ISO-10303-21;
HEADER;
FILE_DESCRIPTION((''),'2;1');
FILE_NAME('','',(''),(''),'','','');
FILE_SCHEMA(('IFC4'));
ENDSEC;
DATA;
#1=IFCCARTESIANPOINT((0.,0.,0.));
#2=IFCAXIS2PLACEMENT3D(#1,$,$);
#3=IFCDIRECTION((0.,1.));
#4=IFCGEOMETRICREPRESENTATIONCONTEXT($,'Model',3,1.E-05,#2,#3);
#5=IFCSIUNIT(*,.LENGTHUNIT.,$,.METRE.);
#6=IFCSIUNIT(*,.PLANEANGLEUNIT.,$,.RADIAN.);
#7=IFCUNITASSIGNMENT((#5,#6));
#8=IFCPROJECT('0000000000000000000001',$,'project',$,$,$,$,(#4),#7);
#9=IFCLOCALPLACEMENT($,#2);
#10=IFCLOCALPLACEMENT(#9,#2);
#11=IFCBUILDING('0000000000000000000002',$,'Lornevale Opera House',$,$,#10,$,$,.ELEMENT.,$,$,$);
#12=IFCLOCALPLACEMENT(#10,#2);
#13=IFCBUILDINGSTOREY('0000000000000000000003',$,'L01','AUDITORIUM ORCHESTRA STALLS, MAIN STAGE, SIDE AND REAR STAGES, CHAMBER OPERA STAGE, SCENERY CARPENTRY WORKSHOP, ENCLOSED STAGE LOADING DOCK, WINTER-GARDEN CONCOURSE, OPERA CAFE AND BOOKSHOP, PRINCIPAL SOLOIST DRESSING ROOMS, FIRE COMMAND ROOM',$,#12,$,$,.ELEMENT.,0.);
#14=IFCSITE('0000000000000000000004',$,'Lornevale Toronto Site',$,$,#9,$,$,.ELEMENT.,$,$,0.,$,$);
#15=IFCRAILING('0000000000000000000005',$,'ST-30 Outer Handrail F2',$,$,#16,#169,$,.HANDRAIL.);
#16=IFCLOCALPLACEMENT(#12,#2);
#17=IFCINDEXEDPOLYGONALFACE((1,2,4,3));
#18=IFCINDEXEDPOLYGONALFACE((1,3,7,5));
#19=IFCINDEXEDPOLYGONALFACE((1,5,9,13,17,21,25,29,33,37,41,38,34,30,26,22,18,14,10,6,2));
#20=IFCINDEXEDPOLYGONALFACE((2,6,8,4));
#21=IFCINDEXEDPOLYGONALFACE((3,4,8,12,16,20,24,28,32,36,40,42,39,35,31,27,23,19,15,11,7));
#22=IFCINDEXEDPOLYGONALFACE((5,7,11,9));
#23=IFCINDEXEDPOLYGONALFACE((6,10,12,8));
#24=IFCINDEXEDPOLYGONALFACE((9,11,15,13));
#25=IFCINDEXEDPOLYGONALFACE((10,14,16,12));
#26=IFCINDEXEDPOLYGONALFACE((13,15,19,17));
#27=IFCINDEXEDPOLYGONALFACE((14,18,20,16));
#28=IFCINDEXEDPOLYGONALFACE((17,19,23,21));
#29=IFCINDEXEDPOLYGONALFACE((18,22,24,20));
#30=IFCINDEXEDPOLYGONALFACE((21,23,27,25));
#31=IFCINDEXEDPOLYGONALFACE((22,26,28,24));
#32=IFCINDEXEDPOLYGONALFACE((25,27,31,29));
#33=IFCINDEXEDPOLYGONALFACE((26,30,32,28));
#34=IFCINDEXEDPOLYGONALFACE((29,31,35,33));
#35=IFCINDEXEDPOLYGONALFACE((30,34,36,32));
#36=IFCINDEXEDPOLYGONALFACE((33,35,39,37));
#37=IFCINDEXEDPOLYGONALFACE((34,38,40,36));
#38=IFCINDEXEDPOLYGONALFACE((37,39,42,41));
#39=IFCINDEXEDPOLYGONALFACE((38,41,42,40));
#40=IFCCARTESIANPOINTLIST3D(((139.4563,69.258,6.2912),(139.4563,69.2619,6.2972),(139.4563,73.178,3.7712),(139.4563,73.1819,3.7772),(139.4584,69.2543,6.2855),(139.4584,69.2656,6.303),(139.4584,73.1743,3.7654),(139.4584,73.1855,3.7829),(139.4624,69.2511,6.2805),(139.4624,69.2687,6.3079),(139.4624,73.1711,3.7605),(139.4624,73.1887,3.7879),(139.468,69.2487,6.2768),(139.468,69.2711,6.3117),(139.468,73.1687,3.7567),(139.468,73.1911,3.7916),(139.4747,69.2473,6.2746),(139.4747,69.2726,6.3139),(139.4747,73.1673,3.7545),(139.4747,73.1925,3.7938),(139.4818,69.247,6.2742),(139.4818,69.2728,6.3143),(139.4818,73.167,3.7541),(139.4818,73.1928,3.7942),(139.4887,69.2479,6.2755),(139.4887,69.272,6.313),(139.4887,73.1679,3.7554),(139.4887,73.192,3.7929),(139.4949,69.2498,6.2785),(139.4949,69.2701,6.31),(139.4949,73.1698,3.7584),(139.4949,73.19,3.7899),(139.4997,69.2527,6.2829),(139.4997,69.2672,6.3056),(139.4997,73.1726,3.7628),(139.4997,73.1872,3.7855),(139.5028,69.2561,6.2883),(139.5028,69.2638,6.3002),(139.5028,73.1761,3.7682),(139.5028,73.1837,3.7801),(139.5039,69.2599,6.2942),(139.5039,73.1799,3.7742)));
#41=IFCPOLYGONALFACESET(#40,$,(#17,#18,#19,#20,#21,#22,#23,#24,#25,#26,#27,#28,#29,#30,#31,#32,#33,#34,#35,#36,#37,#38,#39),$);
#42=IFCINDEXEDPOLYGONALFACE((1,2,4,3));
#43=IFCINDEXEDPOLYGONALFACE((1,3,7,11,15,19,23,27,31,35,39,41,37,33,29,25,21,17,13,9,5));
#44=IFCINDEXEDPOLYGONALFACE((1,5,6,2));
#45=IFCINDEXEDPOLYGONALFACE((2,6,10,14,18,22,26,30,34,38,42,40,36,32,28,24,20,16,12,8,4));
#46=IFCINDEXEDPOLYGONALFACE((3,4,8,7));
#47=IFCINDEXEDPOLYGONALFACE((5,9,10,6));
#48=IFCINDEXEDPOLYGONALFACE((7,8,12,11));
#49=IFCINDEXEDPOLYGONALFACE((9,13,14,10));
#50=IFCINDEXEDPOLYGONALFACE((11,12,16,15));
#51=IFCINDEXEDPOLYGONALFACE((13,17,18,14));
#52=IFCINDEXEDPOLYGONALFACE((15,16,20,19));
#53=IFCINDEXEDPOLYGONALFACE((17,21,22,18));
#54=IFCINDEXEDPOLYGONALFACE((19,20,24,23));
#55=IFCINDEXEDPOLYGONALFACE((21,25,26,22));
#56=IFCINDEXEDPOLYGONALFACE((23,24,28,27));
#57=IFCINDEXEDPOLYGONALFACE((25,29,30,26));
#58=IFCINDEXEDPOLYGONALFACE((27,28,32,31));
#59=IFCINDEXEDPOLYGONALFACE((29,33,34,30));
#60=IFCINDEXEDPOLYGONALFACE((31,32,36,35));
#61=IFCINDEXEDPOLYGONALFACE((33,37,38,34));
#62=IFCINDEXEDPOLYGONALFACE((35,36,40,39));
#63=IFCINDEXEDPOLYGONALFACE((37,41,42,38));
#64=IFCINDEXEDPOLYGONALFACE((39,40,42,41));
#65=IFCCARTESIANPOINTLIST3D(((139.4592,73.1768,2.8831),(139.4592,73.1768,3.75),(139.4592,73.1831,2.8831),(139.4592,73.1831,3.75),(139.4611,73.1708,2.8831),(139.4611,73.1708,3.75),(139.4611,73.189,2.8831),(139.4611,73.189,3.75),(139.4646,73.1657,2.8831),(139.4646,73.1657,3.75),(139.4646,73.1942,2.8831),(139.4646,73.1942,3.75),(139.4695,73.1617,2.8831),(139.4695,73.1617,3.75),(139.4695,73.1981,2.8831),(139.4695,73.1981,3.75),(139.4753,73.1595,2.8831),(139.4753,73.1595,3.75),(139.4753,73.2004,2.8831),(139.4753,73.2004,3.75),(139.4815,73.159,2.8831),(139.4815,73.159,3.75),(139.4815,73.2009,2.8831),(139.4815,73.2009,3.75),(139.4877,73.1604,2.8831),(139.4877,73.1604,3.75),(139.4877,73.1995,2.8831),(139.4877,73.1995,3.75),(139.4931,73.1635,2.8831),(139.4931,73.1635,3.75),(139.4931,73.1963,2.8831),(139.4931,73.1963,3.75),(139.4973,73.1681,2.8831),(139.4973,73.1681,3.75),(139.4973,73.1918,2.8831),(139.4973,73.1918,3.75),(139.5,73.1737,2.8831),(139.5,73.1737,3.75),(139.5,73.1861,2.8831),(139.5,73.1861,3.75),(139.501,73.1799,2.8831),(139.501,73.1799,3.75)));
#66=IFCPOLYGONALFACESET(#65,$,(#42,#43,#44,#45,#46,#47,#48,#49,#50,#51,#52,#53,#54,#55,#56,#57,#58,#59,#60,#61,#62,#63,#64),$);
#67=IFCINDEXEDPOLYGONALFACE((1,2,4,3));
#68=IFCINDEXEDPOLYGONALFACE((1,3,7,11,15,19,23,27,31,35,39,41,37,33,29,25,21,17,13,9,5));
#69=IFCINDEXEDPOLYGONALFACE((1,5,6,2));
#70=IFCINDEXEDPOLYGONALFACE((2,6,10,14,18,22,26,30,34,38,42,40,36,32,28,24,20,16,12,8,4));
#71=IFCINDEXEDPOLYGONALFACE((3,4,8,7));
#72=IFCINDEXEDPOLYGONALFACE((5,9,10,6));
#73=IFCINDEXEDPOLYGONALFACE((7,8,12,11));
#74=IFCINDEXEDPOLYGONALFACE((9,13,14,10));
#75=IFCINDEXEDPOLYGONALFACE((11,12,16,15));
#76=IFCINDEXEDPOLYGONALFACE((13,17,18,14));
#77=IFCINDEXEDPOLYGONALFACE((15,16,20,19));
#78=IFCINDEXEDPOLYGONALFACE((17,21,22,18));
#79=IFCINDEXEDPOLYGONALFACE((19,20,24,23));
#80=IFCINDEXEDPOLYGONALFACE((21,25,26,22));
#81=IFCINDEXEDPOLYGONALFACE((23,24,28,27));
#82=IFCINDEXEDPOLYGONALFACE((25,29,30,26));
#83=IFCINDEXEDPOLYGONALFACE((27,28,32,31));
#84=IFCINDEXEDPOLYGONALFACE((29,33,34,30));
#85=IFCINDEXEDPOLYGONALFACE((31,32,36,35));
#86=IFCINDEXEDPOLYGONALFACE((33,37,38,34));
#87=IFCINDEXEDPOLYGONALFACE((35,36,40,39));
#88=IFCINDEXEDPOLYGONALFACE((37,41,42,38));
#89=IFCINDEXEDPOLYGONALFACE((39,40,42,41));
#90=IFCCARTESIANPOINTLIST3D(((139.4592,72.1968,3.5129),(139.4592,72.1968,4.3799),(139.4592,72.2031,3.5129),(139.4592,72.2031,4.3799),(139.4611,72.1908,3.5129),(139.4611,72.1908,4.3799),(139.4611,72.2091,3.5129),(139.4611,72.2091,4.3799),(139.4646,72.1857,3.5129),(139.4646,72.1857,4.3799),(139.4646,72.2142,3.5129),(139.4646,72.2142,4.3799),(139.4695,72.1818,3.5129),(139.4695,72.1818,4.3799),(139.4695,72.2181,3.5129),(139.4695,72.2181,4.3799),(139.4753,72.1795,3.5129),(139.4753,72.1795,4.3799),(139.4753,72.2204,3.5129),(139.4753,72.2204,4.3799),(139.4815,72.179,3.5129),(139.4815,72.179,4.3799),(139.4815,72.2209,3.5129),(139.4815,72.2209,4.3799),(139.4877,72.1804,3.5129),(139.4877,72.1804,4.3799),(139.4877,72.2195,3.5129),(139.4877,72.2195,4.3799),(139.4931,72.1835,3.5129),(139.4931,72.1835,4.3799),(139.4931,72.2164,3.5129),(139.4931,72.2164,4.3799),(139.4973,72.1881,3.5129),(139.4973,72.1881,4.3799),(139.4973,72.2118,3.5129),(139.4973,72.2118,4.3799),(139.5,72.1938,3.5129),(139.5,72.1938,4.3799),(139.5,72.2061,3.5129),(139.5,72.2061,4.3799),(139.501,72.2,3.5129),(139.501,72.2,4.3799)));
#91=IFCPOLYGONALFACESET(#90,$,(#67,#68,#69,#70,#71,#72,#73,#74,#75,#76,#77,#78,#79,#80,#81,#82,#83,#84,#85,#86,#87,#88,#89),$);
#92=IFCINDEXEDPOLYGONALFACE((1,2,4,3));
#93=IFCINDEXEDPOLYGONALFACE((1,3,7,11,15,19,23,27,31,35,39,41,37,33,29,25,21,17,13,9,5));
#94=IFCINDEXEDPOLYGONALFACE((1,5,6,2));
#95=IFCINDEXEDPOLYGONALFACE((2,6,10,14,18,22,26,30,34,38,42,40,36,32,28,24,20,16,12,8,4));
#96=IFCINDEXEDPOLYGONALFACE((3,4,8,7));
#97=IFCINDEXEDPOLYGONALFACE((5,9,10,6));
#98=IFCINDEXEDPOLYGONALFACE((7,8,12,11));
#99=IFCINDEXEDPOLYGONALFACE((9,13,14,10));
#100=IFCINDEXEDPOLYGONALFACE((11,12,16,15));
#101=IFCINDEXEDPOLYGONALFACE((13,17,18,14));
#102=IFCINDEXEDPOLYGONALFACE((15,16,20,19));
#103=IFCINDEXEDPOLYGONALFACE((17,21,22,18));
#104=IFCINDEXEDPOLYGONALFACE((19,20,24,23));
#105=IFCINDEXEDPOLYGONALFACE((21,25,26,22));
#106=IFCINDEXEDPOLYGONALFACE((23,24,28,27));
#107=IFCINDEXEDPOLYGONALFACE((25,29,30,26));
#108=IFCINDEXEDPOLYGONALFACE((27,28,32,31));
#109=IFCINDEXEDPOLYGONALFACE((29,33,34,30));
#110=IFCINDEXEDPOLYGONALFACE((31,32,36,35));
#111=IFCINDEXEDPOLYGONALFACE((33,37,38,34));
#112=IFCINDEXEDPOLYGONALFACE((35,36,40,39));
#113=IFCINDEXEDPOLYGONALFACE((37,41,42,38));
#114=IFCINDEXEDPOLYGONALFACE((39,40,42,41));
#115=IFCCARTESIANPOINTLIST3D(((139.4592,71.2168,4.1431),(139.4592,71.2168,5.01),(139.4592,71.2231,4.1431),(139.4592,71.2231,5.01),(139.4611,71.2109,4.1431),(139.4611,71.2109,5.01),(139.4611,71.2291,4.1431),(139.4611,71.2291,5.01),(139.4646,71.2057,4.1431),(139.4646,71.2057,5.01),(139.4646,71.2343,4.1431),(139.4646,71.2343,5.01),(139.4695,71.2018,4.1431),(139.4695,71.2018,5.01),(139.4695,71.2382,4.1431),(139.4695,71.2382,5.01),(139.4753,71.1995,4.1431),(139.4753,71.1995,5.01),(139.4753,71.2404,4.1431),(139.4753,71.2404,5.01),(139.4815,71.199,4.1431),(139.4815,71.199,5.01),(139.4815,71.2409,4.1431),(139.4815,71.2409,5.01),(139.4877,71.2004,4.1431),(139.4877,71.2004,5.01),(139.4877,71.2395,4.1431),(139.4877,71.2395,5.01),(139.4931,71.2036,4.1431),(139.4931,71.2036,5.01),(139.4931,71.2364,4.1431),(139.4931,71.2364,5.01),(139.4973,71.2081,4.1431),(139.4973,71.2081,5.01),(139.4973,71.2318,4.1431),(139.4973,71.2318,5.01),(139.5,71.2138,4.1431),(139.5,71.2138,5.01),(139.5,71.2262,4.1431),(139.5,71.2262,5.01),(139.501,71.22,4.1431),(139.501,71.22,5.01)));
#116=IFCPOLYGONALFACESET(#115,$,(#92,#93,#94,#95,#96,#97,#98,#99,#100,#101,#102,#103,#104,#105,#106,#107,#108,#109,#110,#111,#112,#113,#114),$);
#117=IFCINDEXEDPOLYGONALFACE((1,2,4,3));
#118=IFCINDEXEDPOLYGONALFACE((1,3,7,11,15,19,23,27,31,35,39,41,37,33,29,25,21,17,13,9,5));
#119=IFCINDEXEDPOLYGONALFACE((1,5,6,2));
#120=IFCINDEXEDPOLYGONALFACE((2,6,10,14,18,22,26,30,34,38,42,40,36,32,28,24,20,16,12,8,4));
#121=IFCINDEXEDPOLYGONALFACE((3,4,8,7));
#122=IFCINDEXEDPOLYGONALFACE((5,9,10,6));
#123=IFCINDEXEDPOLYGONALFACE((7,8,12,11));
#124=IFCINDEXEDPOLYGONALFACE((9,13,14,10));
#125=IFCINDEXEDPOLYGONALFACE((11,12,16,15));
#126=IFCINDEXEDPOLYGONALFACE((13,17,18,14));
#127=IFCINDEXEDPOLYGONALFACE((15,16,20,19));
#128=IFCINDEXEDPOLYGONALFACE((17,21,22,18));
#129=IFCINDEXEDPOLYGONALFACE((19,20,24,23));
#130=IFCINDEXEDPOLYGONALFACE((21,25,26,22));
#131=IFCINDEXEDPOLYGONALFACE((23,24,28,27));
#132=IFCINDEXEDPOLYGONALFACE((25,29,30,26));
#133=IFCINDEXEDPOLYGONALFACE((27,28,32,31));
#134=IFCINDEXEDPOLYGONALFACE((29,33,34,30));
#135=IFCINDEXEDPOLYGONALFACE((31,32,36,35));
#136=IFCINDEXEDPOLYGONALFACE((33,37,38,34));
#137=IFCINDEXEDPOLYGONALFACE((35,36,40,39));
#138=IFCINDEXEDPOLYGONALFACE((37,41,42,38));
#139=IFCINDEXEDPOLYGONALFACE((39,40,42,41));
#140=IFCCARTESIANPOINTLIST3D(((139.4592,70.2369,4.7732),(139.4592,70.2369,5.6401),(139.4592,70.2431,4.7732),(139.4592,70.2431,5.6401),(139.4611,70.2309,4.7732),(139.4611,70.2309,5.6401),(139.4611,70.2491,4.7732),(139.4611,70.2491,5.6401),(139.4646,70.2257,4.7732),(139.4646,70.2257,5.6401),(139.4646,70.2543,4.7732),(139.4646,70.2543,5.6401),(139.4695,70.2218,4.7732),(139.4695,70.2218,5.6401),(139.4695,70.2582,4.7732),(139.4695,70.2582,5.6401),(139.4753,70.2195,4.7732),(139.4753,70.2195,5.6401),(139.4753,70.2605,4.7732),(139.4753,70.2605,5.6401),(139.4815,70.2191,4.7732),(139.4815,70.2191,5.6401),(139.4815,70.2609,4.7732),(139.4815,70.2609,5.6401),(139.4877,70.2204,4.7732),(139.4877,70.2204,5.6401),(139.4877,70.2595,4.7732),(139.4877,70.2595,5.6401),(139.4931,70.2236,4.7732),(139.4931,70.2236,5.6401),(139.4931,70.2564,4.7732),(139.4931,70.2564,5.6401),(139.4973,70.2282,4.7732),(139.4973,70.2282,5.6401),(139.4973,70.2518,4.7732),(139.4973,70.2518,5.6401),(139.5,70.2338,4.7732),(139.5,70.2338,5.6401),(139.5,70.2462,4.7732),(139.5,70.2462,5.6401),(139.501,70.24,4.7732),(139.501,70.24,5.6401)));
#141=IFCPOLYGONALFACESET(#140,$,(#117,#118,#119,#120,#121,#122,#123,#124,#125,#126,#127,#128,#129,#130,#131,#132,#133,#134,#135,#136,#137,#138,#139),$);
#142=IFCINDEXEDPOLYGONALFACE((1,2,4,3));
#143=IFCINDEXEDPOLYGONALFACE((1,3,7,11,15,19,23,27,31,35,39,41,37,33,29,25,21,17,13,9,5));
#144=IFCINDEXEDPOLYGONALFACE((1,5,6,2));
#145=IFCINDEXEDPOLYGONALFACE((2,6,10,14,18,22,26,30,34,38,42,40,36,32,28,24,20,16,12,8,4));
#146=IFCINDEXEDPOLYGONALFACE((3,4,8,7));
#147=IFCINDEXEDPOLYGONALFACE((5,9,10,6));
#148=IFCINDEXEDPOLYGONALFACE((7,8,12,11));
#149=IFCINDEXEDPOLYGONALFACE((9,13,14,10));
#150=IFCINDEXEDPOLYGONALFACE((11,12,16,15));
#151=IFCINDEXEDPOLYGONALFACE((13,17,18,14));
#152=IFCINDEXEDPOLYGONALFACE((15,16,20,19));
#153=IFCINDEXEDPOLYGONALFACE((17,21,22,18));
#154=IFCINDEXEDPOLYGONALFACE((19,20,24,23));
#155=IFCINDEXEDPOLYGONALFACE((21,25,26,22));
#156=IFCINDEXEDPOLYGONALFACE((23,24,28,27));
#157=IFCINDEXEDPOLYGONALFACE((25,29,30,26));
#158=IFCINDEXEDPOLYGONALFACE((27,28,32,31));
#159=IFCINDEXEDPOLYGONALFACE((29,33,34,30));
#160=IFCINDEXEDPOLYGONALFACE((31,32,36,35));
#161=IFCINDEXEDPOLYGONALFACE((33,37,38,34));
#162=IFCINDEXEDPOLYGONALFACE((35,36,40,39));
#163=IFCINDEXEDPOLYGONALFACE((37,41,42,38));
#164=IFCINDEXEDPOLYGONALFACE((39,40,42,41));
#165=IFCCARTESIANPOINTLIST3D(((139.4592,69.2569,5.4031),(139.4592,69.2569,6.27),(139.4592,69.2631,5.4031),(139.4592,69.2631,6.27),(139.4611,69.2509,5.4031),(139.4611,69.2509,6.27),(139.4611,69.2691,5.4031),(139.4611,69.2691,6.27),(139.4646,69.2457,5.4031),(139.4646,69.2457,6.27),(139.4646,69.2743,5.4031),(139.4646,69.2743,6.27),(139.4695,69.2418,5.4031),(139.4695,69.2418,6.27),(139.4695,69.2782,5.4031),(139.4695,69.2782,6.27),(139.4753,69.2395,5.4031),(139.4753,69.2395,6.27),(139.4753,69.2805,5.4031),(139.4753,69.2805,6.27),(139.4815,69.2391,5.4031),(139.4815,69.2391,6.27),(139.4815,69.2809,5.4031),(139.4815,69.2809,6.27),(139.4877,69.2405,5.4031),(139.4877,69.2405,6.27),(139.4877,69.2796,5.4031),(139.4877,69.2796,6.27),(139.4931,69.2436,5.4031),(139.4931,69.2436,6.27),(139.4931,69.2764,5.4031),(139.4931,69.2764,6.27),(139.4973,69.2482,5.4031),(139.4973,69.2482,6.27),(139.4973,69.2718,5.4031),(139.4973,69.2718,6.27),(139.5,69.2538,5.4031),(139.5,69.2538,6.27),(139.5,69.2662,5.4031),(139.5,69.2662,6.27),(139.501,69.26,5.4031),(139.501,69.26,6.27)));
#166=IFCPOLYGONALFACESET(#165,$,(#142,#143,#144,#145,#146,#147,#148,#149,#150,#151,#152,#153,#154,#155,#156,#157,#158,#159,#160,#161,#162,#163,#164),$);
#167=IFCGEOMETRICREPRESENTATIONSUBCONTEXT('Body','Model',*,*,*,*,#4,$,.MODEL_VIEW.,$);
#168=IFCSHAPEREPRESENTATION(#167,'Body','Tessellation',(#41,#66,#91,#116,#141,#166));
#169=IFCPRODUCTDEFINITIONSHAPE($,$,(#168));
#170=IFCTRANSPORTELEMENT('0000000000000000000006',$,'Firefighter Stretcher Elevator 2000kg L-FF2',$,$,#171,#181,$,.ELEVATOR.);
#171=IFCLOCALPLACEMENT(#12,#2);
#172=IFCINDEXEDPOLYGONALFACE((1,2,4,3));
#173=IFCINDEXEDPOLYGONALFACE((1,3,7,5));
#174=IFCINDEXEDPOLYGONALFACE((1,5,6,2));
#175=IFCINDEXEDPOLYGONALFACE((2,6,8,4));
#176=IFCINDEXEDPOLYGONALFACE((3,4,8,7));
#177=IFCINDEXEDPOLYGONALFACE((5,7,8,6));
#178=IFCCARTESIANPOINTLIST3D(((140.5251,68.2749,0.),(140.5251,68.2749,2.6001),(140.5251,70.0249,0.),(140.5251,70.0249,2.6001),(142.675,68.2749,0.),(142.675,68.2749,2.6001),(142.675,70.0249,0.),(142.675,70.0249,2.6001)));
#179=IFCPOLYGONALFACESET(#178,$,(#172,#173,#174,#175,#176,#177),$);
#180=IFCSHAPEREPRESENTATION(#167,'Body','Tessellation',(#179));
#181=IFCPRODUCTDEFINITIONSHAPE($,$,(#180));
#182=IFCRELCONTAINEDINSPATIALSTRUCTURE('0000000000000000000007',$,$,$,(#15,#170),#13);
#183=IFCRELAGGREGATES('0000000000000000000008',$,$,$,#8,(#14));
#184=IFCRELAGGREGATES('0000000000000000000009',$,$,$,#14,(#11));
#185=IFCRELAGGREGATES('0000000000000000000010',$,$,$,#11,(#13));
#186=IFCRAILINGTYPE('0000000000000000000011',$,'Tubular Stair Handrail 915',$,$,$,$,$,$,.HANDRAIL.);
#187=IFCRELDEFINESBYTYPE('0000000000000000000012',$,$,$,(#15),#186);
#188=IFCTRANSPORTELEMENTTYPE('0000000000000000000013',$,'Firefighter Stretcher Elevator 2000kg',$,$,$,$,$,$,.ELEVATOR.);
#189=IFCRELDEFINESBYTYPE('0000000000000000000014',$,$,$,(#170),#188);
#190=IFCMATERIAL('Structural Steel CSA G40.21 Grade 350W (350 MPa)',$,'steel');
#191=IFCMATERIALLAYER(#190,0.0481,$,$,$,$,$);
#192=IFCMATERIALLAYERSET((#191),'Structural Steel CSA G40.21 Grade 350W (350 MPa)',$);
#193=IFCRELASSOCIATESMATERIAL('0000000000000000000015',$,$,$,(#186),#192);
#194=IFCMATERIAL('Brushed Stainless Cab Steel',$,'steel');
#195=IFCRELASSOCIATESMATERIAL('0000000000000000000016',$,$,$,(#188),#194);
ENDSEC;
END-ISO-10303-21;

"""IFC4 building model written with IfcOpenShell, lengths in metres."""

from ifc_helpers import new_model, si_unit, direction, frame, origin, origin_2d, place, context, subcontext, project, spatial, rectangle, circle, extrude, material, layer, layer_set, type_object, element, save


model = new_model("IFC4")

# Units and contexts
model_context = context("Model", 3, precision=1e-05, world=origin(), true_north=direction((0.0, 1.0)))
body_context = subcontext(model_context, "Body", "Model", "MODEL_VIEW")
ifc_project = project(units=[si_unit("LENGTHUNIT", "METRE"), si_unit("PLANEANGLEUNIT", "RADIAN")], contexts=[model_context])

# Site, building, storey
site_placement = place(None, origin())
site = spatial("IfcSite", under=ifc_project, at=site_placement, Name="Lornevale Toronto Site", CompositionType="ELEMENT", RefElevation=0.0)
building_placement = place(site_placement, origin())
building = spatial("IfcBuilding", under=site, at=building_placement, Name="Lornevale Opera House", CompositionType="ELEMENT")
storey_placement = place(building_placement, origin())
storey = spatial("IfcBuildingStorey", under=building, at=storey_placement, Name="L01", Description="AUDITORIUM ORCHESTRA STALLS, MAIN STAGE, SIDE AND REAR STAGES, CHAMBER OPERA STAGE, SCENERY CARPENTRY WORKSHOP, ENCLOSED STAGE LOADING DOCK, WINTER-GARDEN CONCOURSE, OPERA CAFE AND BOOKSHOP, PRINCIPAL SOLOIST DRESSING ROOMS, FIRE COMMAND ROOM", CompositionType="ELEMENT", Elevation=0.0)

# Shared definitions
ifc_material_1 = material(Name="Structural Steel CSA G40.21 Grade 350W (350 MPa)", Category="steel")

# Railing
ifc_layer_1 = layer(ifc_material_1, 0.0481)
ifc_layer_set_1 = layer_set([ifc_layer_1], Name="Structural Steel CSA G40.21 Grade 350W (350 MPa)")
railing_type_1 = type_object("IfcRailingType", Name="Tubular Stair Handrail 915", PredefinedType="HANDRAIL", material=ifc_layer_set_1)
railing_1_placement = place(storey_placement, frame((139.48, 73.1799, 2.8831)))
element("IfcRailing", 1, at=railing_1_placement, inside=storey, type_object=railing_type_1, Name="ST-30 Outer Handrail F2", PredefinedType="HANDRAIL", context=body_context, shape_type="SweptSolid", body=[
    extrude(circle(Radius=0.0239, at=origin_2d()), frame((0.0, 0.0, 0.8911), z_axis=(0.0, -0.841172, 0.540768), x_axis=(1.0, 0.0, 0.0)), (0.0, 0.0, 1.0), 4.6602),
    extrude(circle(Radius=0.021, at=origin_2d()), origin(), (0.0, 0.0, 1.0), 0.8669),
    extrude(circle(Radius=0.021, at=origin_2d()), frame((0.0, -0.98, 0.6299)), (0.0, 0.0, 1.0), 0.8669),
    extrude(circle(Radius=0.021, at=origin_2d()), frame((0.0, -1.96, 1.26)), (0.0, 0.0, 1.0), 0.8669),
    extrude(circle(Radius=0.021, at=origin_2d()), frame((0.0, -2.9399, 1.8901)), (0.0, 0.0, 1.0), 0.8669),
    extrude(circle(Radius=0.021, at=origin_2d()), frame((0.0, -3.9199, 2.52)), (0.0, 0.0, 1.0), 0.8669),
])

# Transport element
ifc_material_2 = material(Name="Brushed Stainless Cab Steel", Category="steel")
transport_element_type = type_object("IfcTransportElementType", Name="Firefighter Stretcher Elevator 2000kg", PredefinedType="ELEVATOR", material=ifc_material_2)
transport_element_placement = place(storey_placement, frame((141.6001, 69.1499, 0.0), z_axis=(0.0, 0.0, 1.0), x_axis=(1.0, 0.0, 0.0)))
element("IfcTransportElement", 2, at=transport_element_placement, inside=storey, type_object=transport_element_type, Name="Firefighter Stretcher Elevator 2000kg L-FF2", PredefinedType="ELEVATOR", context=body_context, shape_type="SweptSolid", body=[
    extrude(rectangle(XDim=2.1499, YDim=1.75, at=origin_2d()), origin(), (0.0, 0.0, 1.0), 2.6001),
])

save(model, "model.ifc")
